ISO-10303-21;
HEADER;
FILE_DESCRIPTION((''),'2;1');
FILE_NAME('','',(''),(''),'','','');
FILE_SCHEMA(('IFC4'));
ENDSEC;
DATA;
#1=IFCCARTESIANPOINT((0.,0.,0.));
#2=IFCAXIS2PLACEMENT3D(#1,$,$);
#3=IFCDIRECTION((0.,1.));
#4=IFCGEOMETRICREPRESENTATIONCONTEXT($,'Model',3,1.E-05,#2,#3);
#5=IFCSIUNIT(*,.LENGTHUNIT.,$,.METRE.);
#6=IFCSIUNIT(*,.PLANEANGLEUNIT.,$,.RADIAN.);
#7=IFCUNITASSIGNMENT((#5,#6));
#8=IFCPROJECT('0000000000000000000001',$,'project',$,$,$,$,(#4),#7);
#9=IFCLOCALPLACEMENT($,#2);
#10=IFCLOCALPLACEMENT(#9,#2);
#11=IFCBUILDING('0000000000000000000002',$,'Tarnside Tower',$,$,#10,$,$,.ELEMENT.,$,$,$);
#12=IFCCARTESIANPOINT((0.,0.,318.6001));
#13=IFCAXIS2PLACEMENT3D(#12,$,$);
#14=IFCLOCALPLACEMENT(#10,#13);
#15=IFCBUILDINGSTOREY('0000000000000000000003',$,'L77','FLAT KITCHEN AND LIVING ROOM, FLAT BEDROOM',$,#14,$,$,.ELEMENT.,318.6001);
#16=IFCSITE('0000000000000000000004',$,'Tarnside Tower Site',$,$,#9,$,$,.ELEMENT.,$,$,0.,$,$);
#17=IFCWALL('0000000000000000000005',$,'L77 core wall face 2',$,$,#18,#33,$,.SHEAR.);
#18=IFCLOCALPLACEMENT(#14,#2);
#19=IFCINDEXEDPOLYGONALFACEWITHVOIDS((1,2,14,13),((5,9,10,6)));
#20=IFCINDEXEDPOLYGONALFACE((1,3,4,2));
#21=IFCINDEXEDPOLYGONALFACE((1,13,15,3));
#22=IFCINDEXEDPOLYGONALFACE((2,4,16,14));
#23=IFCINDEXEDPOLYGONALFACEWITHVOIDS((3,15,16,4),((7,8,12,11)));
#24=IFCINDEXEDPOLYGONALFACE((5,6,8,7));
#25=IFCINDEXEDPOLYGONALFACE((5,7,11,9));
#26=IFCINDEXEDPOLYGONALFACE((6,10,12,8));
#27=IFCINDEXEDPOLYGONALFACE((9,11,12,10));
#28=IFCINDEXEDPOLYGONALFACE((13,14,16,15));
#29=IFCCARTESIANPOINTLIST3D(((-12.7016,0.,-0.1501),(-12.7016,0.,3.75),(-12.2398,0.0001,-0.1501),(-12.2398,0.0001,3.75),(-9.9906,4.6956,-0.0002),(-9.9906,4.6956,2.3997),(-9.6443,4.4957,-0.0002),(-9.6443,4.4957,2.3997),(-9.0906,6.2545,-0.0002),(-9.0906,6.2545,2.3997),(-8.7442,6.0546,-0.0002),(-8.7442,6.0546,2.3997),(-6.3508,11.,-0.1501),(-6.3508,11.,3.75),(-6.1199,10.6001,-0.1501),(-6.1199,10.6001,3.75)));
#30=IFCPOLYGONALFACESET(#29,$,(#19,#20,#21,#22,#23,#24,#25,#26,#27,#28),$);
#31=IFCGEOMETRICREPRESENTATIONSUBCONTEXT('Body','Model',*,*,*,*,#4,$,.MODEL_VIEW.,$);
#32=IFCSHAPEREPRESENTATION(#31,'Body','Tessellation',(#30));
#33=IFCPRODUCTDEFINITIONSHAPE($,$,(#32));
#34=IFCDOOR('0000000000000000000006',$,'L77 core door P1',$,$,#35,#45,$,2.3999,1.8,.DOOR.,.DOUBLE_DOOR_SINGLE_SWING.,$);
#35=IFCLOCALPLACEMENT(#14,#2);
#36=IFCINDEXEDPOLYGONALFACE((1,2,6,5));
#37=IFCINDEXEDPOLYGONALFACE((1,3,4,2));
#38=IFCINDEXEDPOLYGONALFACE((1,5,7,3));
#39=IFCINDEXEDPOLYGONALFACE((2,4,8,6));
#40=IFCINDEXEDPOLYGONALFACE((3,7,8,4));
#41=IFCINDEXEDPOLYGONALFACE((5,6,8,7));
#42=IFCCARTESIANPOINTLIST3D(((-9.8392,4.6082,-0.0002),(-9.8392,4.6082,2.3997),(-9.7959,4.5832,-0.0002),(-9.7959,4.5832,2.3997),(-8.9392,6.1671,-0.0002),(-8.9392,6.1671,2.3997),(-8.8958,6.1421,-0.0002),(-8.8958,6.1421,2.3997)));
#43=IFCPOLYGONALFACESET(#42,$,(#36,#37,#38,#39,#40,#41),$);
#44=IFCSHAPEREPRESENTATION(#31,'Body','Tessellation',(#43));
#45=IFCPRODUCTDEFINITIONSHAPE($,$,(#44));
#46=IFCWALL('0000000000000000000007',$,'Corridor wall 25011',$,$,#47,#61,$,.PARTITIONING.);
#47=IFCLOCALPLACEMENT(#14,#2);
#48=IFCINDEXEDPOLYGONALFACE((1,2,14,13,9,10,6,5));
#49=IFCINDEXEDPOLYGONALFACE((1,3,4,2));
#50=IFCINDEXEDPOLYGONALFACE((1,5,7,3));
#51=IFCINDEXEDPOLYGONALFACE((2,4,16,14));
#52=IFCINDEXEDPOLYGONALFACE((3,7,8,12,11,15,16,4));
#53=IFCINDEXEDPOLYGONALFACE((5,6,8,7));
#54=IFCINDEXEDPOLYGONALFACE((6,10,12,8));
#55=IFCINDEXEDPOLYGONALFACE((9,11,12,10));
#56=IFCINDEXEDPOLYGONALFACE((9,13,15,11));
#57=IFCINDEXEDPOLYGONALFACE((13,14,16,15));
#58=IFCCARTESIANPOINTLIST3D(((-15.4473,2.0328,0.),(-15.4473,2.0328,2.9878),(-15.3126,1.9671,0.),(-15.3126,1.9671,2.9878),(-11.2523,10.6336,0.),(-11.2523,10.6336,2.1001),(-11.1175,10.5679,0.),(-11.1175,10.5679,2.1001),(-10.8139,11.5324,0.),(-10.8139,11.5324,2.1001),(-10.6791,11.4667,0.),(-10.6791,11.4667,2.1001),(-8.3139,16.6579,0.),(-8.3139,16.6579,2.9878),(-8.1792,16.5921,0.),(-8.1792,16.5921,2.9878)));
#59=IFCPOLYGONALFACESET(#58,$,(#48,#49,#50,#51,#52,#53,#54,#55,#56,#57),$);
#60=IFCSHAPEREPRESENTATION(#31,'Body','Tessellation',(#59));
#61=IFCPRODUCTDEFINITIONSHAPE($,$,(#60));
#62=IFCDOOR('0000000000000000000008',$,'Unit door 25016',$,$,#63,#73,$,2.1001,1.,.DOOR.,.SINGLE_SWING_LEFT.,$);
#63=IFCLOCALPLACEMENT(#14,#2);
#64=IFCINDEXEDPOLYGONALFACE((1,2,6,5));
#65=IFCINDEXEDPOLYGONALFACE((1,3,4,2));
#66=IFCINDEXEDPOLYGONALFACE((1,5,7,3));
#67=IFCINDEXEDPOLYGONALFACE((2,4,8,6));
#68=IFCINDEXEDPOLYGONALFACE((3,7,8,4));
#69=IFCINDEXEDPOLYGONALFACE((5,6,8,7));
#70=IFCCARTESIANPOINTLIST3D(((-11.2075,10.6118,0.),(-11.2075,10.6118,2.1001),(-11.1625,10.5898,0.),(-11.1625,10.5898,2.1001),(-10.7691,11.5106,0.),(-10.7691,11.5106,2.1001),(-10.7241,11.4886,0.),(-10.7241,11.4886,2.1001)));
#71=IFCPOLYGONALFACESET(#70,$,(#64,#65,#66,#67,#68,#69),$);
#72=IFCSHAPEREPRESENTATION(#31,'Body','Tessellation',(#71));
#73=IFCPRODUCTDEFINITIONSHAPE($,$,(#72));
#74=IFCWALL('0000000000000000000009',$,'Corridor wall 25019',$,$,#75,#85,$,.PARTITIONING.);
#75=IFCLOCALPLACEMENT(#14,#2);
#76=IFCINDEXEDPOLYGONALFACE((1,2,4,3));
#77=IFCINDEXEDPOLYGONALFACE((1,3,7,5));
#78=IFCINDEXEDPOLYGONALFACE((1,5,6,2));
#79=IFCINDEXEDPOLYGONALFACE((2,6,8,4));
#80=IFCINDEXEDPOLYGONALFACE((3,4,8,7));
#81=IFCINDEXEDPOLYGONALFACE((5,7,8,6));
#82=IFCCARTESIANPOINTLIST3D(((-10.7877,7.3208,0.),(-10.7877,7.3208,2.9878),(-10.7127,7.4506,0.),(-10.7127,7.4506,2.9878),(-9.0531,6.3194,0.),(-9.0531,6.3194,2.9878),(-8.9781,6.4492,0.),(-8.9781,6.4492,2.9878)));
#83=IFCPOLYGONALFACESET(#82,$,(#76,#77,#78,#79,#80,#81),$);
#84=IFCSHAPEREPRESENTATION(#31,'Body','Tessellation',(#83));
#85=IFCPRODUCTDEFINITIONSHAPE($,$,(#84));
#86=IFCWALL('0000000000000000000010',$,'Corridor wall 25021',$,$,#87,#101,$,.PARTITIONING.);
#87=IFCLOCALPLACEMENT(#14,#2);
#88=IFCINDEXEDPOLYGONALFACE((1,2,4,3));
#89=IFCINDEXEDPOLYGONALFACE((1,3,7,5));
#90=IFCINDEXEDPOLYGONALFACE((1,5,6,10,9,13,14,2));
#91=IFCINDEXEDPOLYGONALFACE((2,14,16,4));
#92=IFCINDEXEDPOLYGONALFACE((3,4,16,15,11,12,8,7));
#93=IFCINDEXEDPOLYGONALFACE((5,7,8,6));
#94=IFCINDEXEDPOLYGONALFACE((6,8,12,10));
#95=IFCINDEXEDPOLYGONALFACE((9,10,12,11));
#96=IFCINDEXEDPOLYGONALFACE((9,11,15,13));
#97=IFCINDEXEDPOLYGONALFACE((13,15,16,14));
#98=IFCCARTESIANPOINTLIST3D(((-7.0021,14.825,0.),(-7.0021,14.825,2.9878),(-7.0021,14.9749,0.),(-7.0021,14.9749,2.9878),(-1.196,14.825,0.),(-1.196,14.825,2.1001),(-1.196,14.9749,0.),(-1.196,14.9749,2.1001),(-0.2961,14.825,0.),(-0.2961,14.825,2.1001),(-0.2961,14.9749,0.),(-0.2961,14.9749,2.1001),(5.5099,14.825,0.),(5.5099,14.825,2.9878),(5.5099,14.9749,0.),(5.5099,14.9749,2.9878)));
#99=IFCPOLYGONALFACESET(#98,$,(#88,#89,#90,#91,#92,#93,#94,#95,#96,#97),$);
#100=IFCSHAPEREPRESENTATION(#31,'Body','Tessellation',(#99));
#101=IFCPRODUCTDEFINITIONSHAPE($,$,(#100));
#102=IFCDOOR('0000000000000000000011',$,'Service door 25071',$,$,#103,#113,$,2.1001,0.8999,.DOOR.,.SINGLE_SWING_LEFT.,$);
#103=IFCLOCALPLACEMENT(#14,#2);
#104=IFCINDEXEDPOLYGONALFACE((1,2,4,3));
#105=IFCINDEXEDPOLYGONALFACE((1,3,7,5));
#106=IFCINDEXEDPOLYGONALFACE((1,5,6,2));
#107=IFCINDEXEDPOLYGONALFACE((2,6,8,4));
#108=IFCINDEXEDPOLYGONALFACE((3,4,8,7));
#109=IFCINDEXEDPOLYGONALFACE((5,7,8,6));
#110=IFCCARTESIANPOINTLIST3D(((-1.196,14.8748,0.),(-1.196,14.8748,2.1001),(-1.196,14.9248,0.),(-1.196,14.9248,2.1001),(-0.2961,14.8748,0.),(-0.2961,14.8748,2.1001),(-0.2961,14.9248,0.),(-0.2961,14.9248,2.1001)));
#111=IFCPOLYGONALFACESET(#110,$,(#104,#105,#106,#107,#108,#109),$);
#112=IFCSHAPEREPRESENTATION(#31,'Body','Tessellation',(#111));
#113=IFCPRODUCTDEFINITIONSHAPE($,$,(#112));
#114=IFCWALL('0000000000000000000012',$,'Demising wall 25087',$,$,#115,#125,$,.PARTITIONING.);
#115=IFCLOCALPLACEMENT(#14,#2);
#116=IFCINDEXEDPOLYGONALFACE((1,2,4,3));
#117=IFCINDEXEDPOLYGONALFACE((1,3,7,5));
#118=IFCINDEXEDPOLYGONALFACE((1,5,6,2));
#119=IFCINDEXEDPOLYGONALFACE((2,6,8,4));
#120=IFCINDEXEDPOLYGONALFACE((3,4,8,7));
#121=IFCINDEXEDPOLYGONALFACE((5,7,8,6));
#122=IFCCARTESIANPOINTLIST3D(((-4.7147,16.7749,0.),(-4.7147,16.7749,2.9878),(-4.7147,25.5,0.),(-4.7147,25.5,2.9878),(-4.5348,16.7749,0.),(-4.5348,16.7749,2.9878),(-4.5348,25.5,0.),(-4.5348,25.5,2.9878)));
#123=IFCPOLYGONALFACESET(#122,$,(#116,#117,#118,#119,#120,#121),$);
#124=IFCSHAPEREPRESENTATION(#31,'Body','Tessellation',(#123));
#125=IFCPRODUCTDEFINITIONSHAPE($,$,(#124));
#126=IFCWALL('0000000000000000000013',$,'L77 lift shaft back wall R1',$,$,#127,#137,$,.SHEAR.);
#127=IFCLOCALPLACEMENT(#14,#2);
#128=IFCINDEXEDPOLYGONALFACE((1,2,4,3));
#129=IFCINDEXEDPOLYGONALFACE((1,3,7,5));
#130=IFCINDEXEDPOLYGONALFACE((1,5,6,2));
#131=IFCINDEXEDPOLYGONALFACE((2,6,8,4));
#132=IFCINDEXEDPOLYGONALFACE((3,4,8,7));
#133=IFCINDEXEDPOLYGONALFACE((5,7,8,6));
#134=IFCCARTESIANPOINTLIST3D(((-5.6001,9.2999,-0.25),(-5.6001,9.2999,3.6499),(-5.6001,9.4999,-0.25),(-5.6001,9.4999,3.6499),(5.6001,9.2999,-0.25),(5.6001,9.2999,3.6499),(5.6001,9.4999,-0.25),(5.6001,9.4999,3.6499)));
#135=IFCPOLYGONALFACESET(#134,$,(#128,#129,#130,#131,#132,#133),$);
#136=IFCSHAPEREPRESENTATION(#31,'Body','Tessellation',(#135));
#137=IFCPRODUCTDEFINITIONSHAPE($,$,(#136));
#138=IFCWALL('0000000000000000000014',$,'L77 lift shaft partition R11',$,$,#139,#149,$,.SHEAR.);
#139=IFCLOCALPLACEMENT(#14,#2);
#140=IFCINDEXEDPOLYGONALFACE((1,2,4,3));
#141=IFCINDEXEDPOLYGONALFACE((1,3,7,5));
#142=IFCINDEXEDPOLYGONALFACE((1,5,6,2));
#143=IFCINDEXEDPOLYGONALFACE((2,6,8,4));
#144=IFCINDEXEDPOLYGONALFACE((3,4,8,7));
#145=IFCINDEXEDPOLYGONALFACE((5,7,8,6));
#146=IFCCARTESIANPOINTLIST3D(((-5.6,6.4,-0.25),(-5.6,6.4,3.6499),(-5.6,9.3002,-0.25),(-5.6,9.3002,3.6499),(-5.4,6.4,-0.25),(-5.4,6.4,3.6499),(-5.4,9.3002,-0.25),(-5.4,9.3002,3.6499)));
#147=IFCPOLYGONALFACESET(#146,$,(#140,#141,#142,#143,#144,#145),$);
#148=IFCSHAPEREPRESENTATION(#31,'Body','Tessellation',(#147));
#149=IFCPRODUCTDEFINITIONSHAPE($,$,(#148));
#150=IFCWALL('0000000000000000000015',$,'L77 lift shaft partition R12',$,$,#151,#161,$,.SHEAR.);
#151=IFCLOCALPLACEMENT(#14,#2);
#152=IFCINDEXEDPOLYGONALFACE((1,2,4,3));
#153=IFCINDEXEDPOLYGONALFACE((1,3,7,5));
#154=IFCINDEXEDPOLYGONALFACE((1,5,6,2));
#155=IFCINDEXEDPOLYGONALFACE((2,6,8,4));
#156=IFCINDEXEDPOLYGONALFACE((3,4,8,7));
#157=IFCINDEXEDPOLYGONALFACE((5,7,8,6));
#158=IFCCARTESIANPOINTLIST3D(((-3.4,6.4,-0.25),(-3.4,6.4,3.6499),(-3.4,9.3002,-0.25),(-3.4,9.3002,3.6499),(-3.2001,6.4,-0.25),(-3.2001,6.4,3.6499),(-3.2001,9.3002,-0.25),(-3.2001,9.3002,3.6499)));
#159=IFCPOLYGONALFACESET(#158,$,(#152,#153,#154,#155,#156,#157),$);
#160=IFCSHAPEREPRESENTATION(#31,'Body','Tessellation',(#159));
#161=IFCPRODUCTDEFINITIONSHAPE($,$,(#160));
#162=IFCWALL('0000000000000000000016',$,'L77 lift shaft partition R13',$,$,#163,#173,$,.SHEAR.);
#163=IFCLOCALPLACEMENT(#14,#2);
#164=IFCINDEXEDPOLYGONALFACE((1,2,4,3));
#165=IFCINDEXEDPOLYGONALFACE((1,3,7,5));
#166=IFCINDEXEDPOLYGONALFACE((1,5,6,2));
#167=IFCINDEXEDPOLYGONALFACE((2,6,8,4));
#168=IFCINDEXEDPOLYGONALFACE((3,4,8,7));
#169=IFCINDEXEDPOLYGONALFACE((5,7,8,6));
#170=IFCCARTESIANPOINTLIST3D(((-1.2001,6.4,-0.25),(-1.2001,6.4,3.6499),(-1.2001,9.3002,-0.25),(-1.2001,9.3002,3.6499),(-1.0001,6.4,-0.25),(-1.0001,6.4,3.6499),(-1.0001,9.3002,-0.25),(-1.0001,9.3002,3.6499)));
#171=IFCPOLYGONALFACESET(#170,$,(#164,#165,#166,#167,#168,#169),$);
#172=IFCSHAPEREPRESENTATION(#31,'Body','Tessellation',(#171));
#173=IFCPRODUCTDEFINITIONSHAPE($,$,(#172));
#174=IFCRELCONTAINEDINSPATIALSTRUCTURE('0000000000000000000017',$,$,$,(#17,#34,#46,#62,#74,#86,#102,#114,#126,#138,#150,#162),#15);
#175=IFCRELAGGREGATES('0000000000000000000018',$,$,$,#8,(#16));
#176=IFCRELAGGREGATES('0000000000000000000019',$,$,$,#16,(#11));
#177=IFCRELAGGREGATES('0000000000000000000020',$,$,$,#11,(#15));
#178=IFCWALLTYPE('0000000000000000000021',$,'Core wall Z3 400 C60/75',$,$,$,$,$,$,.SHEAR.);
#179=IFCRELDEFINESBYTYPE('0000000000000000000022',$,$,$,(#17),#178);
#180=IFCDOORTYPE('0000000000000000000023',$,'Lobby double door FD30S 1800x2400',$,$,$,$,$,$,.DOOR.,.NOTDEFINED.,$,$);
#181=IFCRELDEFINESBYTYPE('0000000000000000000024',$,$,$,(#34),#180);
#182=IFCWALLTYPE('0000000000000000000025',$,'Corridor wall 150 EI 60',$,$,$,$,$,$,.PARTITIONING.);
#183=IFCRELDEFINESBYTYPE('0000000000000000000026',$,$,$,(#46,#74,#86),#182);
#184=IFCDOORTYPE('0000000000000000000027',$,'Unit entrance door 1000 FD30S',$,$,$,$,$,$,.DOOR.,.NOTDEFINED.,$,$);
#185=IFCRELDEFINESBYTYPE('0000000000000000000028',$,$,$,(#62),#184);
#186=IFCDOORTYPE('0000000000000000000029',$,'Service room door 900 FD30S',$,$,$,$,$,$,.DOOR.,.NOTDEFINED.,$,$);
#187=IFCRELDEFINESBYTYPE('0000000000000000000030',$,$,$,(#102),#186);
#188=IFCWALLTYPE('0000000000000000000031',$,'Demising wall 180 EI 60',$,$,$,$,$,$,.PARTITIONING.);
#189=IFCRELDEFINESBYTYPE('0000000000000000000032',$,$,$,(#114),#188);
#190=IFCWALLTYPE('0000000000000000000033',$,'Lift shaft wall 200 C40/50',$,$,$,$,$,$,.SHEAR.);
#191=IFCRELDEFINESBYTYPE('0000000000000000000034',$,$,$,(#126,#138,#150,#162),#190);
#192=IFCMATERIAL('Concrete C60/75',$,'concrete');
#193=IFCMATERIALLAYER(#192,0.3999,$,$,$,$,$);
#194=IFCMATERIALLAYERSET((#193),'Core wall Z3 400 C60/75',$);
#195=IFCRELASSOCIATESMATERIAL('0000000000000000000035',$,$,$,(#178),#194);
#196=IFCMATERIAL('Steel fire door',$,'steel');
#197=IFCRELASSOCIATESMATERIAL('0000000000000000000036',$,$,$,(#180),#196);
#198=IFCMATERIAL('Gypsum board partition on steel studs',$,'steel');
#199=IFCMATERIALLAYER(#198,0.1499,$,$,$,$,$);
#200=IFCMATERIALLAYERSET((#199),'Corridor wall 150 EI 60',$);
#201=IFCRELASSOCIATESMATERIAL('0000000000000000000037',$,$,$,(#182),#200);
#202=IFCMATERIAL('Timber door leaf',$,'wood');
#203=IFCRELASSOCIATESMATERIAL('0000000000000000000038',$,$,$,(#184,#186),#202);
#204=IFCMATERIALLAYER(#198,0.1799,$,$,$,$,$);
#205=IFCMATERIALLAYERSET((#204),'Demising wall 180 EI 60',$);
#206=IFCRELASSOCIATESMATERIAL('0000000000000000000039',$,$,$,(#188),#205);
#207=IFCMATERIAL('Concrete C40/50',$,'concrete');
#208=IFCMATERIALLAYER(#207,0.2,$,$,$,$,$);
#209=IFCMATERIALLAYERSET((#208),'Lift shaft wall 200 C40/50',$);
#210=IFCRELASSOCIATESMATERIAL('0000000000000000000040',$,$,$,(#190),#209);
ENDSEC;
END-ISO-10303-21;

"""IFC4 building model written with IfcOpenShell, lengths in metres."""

from ifc_helpers import new_model, si_unit, direction, frame, frame_2d, origin, place, context, subcontext, project, spatial, polyline, rectangle, outline, extrude, material, layer, layer_set, type_object, element, fill, save


model = new_model("IFC4")

# Units and contexts
model_context = context("Model", 3, precision=1e-05, world=origin(), true_north=direction((0.0, 1.0)))
body_context = subcontext(model_context, "Body", "Model", "MODEL_VIEW")
ifc_project = project(units=[si_unit("LENGTHUNIT", "METRE"), si_unit("PLANEANGLEUNIT", "RADIAN")], contexts=[model_context])

# Site, building, storey
site_placement = place(None, origin())
site = spatial("IfcSite", under=ifc_project, at=site_placement, Name="Tarnside Tower Site", CompositionType="ELEMENT", RefElevation=0.0)
building_placement = place(site_placement, origin())
building = spatial("IfcBuilding", under=site, at=building_placement, Name="Tarnside Tower", CompositionType="ELEMENT")
storey_placement = place(building_placement, frame((0.0, 0.0, 318.6001)))
storey = spatial("IfcBuildingStorey", under=building, at=storey_placement, Name="L77", Description="FLAT KITCHEN AND LIVING ROOM, FLAT BEDROOM", CompositionType="ELEMENT", Elevation=318.6001)

# Shared definitions
ifc_material_1 = material(Name="Gypsum board partition on steel studs", Category="steel")
ifc_material_2 = material(Name="Timber door leaf", Category="wood")

# Walls, openings, doors
ifc_material_3 = material(Name="Concrete C60/75", Category="concrete")
ifc_layer_1 = layer(ifc_material_3, 0.3999)
ifc_layer_set_1 = layer_set([ifc_layer_1], Name="Core wall Z3 400 C60/75")
wall_type_1 = type_object("IfcWallType", Name="Core wall Z3 400 C60/75", PredefinedType="SHEAR", material=ifc_layer_set_1)
wall_1_placement = place(storey_placement, frame((-6.2354, 10.8, -0.1501), z_axis=(0.0, 0.0, 1.0), x_axis=(-0.499996, -0.866027, 0.0)))
wall_1 = element("IfcWall", 1, at=wall_1_placement, inside=storey, type_object=wall_type_1, Name="L77 core wall face 2", PredefinedType="SHEAR", context=body_context, shape_type="SweptSolid", body=[
    extrude(outline(polyline([(-0.1155, -0.2), (12.5862, -0.2), (12.3552, 0.2), (0.1155, 0.2), (-0.1155, -0.2)])), origin(), (0.0, 0.0, 1.0), 3.9001),
])
opening_1_placement = place(wall_1_placement, frame((5.3643, 0.0, 0.1499)))
opening_1 = element("IfcOpeningElement", 2, at=opening_1_placement, cuts=wall_1, PredefinedType="OPENING", context=body_context, shape_type="SweptSolid", body=[
    extrude(rectangle(XDim=1.8, YDim=2.3999, at=frame_2d((0.8999, 1.2))), frame((0.0, 0.21, 0.0), z_axis=(0.0, -1.0, 0.0), x_axis=(1.0, 0.0, 0.0)), (0.0, 0.0, 1.0), 0.4199),
])
ifc_material_4 = material(Name="Steel fire door", Category="steel")
door_type_1 = type_object("IfcDoorType", Name="Lobby double door FD30S 1800x2400", OperationType="NOTDEFINED", PredefinedType="DOOR", material=ifc_material_4)
door_1_placement = place(opening_1_placement, origin())
door_1 = element("IfcDoor", 3, at=door_1_placement, inside=storey, type_object=door_type_1, Name="L77 core door P1", OperationType="DOUBLE_DOOR_SINGLE_SWING", OverallHeight=2.3999, OverallWidth=1.8, PredefinedType="DOOR", context=body_context, shape_type="SweptSolid", body=[
    extrude(rectangle(XDim=1.8, YDim=2.3999, at=frame_2d((0.8999, 1.2))), frame((0.0, 0.0249, 0.0), z_axis=(0.0, -1.0, 0.0), x_axis=(1.0, 0.0, 0.0)), (0.0, 0.0, 1.0), 0.05),
])
fill(opening_1, door_1)
ifc_layer_2 = layer(ifc_material_1, 0.1499)
ifc_layer_set_2 = layer_set([ifc_layer_2], Name="Corridor wall 150 EI 60")
wall_type_2 = type_object("IfcWallType", Name="Corridor wall 150 EI 60", PredefinedType="PARTITIONING", material=ifc_layer_set_2)
wall_2_placement = place(storey_placement, frame((-8.2466, 16.625, 0.0), z_axis=(0.0, 0.0, 1.0), x_axis=(-0.438382, -0.898789, 0.0)))
wall_2 = element("IfcWall", 4, at=wall_2_placement, inside=storey, type_object=wall_type_2, Name="Corridor wall 25011", PredefinedType="PARTITIONING", context=body_context, shape_type="SweptSolid", body=[
    extrude(rectangle(XDim=16.272, YDim=0.1499, at=frame_2d((8.136, 0.0))), origin(), (0.0, 0.0, 1.0), 2.9878),
])
opening_2_placement = place(wall_2_placement, frame((5.7026, 0.0, 0.0)))
opening_2 = element("IfcOpeningElement", 5, at=opening_2_placement, cuts=wall_2, PredefinedType="OPENING", context=body_context, shape_type="SweptSolid", body=[
    extrude(rectangle(XDim=1.0, YDim=2.1001, at=frame_2d((0.5, 1.05))), frame((0.0, 0.085, 0.0), z_axis=(0.0, -1.0, 0.0), x_axis=(1.0, 0.0, 0.0)), (0.0, 0.0, 1.0), 0.1699),
])
door_type_2 = type_object("IfcDoorType", Name="Unit entrance door 1000 FD30S", OperationType="NOTDEFINED", PredefinedType="DOOR", material=ifc_material_2)
door_2_placement = place(opening_2_placement, origin())
door_2 = element("IfcDoor", 6, at=door_2_placement, inside=storey, type_object=door_type_2, Name="Unit door 25016", OperationType="SINGLE_SWING_LEFT", OverallHeight=2.1001, OverallWidth=1.0, PredefinedType="DOOR", context=body_context, shape_type="SweptSolid", body=[
    extrude(rectangle(XDim=1.0, YDim=2.1001, at=frame_2d((0.5, 1.05))), frame((0.0, 0.0249, 0.0), z_axis=(0.0, -1.0, 0.0), x_axis=(1.0, 0.0, 0.0)), (0.0, 0.0, 1.0), 0.05),
])
fill(opening_2, door_2)

# Wall
wall_3_placement = place(storey_placement, frame((-9.0156, 6.3843, 0.0), z_axis=(0.0, 0.0, 1.0), x_axis=(-0.866029, 0.499993, 0.0)))
element("IfcWall", 7, at=wall_3_placement, inside=storey, type_object=wall_type_2, Name="Corridor wall 25019", PredefinedType="PARTITIONING", context=body_context, shape_type="SweptSolid", body=[
    extrude(rectangle(XDim=2.0029, YDim=0.1499, at=frame_2d((1.0015, 0.0))), origin(), (0.0, 0.0, 1.0), 2.9878),
])

# Wall, opening, door
wall_4_placement = place(storey_placement, frame((-7.002, 14.8999, 0.0), z_axis=(0.0, 0.0, 1.0), x_axis=(1.0, 0.0, 0.0)))
wall_4 = element("IfcWall", 8, at=wall_4_placement, inside=storey, type_object=wall_type_2, Name="Corridor wall 25021", PredefinedType="PARTITIONING", context=body_context, shape_type="SweptSolid", body=[
    extrude(rectangle(XDim=12.512, YDim=0.1499, at=frame_2d((6.2559, 0.0))), origin(), (0.0, 0.0, 1.0), 2.9878),
])
opening_3_placement = place(wall_4_placement, frame((5.8059, 0.0, 0.0)))
opening_3 = element("IfcOpeningElement", 9, at=opening_3_placement, cuts=wall_4, PredefinedType="OPENING", context=body_context, shape_type="SweptSolid", body=[
    extrude(rectangle(XDim=0.8999, YDim=2.1001, at=frame_2d((0.45, 1.05))), frame((0.0, 0.085, 0.0), z_axis=(0.0, -1.0, 0.0), x_axis=(1.0, 0.0, 0.0)), (0.0, 0.0, 1.0), 0.1699),
])
door_type_3 = type_object("IfcDoorType", Name="Service room door 900 FD30S", OperationType="NOTDEFINED", PredefinedType="DOOR", material=ifc_material_2)
door_3_placement = place(opening_3_placement, origin())
door_3 = element("IfcDoor", 10, at=door_3_placement, inside=storey, type_object=door_type_3, Name="Service door 25071", OperationType="SINGLE_SWING_LEFT", OverallHeight=2.1001, OverallWidth=0.8999, PredefinedType="DOOR", context=body_context, shape_type="SweptSolid", body=[
    extrude(rectangle(XDim=0.8999, YDim=2.1001, at=frame_2d((0.45, 1.05))), frame((0.0, 0.0249, 0.0), z_axis=(0.0, -1.0, 0.0), x_axis=(1.0, 0.0, 0.0)), (0.0, 0.0, 1.0), 0.05),
])
fill(opening_3, door_3)

# Walls
ifc_layer_3 = layer(ifc_material_1, 0.1799)
ifc_layer_set_3 = layer_set([ifc_layer_3], Name="Demising wall 180 EI 60")
wall_type_3 = type_object("IfcWallType", Name="Demising wall 180 EI 60", PredefinedType="PARTITIONING", material=ifc_layer_set_3)
wall_5_placement = place(storey_placement, frame((-4.6248, 25.5, 0.0), z_axis=(0.0, 0.0, 1.0), x_axis=(0.0, -1.0, 0.0)))
element("IfcWall", 11, at=wall_5_placement, inside=storey, type_object=wall_type_3, Name="Demising wall 25087", PredefinedType="PARTITIONING", context=body_context, shape_type="SweptSolid", body=[
    extrude(rectangle(XDim=8.7251, YDim=0.1799, at=frame_2d((4.3625, 0.0))), origin(), (0.0, 0.0, 1.0), 2.9878),
])
ifc_material_5 = material(Name="Concrete C40/50", Category="concrete")
ifc_layer_4 = layer(ifc_material_5, 0.2)
ifc_layer_set_4 = layer_set([ifc_layer_4], Name="Lift shaft wall 200 C40/50")
wall_type_4 = type_object("IfcWallType", Name="Lift shaft wall 200 C40/50", PredefinedType="SHEAR", material=ifc_layer_set_4)
wall_6_placement = place(storey_placement, frame((-5.6001, 9.3999, -0.25), z_axis=(0.0, 0.0, 1.0), x_axis=(1.0, 0.0, 0.0)))
element("IfcWall", 12, at=wall_6_placement, inside=storey, type_object=wall_type_4, Name="L77 lift shaft back wall R1", PredefinedType="SHEAR", context=body_context, shape_type="SweptSolid", body=[
    extrude(rectangle(XDim=11.2002, YDim=0.2, at=frame_2d((5.6001, 0.0))), origin(), (0.0, 0.0, 1.0), 3.8999),
])
for number, where, z_axis, x_axis, name in (
    (13, (-5.5, 6.3999, -0.25), (0.0, 0.0, 1.0), (0.0, 1.0, 0.0), "L77 lift shaft partition R11"),
    (14, (-3.3, 6.3999, -0.25), (0.0, 0.0, 1.0), (0.0, 1.0, 0.0), "L77 lift shaft partition R12"),
    (15, (-1.1001, 6.3999, -0.25), (0.0, 0.0, 1.0), (0.0, 1.0, 0.0), "L77 lift shaft partition R13"),
):
    element("IfcWall", number, at=place(storey_placement, frame(where, z_axis=z_axis, x_axis=x_axis)), inside=storey, type_object=wall_type_4, Name=name, PredefinedType="SHEAR", context=body_context, shape_type="SweptSolid", body=[
        extrude(rectangle(XDim=2.9001, YDim=0.2, at=frame_2d((1.4502, 0.0))), origin(), (0.0, 0.0, 1.0), 3.8999),
    ])

save(model, "model.ifc")
